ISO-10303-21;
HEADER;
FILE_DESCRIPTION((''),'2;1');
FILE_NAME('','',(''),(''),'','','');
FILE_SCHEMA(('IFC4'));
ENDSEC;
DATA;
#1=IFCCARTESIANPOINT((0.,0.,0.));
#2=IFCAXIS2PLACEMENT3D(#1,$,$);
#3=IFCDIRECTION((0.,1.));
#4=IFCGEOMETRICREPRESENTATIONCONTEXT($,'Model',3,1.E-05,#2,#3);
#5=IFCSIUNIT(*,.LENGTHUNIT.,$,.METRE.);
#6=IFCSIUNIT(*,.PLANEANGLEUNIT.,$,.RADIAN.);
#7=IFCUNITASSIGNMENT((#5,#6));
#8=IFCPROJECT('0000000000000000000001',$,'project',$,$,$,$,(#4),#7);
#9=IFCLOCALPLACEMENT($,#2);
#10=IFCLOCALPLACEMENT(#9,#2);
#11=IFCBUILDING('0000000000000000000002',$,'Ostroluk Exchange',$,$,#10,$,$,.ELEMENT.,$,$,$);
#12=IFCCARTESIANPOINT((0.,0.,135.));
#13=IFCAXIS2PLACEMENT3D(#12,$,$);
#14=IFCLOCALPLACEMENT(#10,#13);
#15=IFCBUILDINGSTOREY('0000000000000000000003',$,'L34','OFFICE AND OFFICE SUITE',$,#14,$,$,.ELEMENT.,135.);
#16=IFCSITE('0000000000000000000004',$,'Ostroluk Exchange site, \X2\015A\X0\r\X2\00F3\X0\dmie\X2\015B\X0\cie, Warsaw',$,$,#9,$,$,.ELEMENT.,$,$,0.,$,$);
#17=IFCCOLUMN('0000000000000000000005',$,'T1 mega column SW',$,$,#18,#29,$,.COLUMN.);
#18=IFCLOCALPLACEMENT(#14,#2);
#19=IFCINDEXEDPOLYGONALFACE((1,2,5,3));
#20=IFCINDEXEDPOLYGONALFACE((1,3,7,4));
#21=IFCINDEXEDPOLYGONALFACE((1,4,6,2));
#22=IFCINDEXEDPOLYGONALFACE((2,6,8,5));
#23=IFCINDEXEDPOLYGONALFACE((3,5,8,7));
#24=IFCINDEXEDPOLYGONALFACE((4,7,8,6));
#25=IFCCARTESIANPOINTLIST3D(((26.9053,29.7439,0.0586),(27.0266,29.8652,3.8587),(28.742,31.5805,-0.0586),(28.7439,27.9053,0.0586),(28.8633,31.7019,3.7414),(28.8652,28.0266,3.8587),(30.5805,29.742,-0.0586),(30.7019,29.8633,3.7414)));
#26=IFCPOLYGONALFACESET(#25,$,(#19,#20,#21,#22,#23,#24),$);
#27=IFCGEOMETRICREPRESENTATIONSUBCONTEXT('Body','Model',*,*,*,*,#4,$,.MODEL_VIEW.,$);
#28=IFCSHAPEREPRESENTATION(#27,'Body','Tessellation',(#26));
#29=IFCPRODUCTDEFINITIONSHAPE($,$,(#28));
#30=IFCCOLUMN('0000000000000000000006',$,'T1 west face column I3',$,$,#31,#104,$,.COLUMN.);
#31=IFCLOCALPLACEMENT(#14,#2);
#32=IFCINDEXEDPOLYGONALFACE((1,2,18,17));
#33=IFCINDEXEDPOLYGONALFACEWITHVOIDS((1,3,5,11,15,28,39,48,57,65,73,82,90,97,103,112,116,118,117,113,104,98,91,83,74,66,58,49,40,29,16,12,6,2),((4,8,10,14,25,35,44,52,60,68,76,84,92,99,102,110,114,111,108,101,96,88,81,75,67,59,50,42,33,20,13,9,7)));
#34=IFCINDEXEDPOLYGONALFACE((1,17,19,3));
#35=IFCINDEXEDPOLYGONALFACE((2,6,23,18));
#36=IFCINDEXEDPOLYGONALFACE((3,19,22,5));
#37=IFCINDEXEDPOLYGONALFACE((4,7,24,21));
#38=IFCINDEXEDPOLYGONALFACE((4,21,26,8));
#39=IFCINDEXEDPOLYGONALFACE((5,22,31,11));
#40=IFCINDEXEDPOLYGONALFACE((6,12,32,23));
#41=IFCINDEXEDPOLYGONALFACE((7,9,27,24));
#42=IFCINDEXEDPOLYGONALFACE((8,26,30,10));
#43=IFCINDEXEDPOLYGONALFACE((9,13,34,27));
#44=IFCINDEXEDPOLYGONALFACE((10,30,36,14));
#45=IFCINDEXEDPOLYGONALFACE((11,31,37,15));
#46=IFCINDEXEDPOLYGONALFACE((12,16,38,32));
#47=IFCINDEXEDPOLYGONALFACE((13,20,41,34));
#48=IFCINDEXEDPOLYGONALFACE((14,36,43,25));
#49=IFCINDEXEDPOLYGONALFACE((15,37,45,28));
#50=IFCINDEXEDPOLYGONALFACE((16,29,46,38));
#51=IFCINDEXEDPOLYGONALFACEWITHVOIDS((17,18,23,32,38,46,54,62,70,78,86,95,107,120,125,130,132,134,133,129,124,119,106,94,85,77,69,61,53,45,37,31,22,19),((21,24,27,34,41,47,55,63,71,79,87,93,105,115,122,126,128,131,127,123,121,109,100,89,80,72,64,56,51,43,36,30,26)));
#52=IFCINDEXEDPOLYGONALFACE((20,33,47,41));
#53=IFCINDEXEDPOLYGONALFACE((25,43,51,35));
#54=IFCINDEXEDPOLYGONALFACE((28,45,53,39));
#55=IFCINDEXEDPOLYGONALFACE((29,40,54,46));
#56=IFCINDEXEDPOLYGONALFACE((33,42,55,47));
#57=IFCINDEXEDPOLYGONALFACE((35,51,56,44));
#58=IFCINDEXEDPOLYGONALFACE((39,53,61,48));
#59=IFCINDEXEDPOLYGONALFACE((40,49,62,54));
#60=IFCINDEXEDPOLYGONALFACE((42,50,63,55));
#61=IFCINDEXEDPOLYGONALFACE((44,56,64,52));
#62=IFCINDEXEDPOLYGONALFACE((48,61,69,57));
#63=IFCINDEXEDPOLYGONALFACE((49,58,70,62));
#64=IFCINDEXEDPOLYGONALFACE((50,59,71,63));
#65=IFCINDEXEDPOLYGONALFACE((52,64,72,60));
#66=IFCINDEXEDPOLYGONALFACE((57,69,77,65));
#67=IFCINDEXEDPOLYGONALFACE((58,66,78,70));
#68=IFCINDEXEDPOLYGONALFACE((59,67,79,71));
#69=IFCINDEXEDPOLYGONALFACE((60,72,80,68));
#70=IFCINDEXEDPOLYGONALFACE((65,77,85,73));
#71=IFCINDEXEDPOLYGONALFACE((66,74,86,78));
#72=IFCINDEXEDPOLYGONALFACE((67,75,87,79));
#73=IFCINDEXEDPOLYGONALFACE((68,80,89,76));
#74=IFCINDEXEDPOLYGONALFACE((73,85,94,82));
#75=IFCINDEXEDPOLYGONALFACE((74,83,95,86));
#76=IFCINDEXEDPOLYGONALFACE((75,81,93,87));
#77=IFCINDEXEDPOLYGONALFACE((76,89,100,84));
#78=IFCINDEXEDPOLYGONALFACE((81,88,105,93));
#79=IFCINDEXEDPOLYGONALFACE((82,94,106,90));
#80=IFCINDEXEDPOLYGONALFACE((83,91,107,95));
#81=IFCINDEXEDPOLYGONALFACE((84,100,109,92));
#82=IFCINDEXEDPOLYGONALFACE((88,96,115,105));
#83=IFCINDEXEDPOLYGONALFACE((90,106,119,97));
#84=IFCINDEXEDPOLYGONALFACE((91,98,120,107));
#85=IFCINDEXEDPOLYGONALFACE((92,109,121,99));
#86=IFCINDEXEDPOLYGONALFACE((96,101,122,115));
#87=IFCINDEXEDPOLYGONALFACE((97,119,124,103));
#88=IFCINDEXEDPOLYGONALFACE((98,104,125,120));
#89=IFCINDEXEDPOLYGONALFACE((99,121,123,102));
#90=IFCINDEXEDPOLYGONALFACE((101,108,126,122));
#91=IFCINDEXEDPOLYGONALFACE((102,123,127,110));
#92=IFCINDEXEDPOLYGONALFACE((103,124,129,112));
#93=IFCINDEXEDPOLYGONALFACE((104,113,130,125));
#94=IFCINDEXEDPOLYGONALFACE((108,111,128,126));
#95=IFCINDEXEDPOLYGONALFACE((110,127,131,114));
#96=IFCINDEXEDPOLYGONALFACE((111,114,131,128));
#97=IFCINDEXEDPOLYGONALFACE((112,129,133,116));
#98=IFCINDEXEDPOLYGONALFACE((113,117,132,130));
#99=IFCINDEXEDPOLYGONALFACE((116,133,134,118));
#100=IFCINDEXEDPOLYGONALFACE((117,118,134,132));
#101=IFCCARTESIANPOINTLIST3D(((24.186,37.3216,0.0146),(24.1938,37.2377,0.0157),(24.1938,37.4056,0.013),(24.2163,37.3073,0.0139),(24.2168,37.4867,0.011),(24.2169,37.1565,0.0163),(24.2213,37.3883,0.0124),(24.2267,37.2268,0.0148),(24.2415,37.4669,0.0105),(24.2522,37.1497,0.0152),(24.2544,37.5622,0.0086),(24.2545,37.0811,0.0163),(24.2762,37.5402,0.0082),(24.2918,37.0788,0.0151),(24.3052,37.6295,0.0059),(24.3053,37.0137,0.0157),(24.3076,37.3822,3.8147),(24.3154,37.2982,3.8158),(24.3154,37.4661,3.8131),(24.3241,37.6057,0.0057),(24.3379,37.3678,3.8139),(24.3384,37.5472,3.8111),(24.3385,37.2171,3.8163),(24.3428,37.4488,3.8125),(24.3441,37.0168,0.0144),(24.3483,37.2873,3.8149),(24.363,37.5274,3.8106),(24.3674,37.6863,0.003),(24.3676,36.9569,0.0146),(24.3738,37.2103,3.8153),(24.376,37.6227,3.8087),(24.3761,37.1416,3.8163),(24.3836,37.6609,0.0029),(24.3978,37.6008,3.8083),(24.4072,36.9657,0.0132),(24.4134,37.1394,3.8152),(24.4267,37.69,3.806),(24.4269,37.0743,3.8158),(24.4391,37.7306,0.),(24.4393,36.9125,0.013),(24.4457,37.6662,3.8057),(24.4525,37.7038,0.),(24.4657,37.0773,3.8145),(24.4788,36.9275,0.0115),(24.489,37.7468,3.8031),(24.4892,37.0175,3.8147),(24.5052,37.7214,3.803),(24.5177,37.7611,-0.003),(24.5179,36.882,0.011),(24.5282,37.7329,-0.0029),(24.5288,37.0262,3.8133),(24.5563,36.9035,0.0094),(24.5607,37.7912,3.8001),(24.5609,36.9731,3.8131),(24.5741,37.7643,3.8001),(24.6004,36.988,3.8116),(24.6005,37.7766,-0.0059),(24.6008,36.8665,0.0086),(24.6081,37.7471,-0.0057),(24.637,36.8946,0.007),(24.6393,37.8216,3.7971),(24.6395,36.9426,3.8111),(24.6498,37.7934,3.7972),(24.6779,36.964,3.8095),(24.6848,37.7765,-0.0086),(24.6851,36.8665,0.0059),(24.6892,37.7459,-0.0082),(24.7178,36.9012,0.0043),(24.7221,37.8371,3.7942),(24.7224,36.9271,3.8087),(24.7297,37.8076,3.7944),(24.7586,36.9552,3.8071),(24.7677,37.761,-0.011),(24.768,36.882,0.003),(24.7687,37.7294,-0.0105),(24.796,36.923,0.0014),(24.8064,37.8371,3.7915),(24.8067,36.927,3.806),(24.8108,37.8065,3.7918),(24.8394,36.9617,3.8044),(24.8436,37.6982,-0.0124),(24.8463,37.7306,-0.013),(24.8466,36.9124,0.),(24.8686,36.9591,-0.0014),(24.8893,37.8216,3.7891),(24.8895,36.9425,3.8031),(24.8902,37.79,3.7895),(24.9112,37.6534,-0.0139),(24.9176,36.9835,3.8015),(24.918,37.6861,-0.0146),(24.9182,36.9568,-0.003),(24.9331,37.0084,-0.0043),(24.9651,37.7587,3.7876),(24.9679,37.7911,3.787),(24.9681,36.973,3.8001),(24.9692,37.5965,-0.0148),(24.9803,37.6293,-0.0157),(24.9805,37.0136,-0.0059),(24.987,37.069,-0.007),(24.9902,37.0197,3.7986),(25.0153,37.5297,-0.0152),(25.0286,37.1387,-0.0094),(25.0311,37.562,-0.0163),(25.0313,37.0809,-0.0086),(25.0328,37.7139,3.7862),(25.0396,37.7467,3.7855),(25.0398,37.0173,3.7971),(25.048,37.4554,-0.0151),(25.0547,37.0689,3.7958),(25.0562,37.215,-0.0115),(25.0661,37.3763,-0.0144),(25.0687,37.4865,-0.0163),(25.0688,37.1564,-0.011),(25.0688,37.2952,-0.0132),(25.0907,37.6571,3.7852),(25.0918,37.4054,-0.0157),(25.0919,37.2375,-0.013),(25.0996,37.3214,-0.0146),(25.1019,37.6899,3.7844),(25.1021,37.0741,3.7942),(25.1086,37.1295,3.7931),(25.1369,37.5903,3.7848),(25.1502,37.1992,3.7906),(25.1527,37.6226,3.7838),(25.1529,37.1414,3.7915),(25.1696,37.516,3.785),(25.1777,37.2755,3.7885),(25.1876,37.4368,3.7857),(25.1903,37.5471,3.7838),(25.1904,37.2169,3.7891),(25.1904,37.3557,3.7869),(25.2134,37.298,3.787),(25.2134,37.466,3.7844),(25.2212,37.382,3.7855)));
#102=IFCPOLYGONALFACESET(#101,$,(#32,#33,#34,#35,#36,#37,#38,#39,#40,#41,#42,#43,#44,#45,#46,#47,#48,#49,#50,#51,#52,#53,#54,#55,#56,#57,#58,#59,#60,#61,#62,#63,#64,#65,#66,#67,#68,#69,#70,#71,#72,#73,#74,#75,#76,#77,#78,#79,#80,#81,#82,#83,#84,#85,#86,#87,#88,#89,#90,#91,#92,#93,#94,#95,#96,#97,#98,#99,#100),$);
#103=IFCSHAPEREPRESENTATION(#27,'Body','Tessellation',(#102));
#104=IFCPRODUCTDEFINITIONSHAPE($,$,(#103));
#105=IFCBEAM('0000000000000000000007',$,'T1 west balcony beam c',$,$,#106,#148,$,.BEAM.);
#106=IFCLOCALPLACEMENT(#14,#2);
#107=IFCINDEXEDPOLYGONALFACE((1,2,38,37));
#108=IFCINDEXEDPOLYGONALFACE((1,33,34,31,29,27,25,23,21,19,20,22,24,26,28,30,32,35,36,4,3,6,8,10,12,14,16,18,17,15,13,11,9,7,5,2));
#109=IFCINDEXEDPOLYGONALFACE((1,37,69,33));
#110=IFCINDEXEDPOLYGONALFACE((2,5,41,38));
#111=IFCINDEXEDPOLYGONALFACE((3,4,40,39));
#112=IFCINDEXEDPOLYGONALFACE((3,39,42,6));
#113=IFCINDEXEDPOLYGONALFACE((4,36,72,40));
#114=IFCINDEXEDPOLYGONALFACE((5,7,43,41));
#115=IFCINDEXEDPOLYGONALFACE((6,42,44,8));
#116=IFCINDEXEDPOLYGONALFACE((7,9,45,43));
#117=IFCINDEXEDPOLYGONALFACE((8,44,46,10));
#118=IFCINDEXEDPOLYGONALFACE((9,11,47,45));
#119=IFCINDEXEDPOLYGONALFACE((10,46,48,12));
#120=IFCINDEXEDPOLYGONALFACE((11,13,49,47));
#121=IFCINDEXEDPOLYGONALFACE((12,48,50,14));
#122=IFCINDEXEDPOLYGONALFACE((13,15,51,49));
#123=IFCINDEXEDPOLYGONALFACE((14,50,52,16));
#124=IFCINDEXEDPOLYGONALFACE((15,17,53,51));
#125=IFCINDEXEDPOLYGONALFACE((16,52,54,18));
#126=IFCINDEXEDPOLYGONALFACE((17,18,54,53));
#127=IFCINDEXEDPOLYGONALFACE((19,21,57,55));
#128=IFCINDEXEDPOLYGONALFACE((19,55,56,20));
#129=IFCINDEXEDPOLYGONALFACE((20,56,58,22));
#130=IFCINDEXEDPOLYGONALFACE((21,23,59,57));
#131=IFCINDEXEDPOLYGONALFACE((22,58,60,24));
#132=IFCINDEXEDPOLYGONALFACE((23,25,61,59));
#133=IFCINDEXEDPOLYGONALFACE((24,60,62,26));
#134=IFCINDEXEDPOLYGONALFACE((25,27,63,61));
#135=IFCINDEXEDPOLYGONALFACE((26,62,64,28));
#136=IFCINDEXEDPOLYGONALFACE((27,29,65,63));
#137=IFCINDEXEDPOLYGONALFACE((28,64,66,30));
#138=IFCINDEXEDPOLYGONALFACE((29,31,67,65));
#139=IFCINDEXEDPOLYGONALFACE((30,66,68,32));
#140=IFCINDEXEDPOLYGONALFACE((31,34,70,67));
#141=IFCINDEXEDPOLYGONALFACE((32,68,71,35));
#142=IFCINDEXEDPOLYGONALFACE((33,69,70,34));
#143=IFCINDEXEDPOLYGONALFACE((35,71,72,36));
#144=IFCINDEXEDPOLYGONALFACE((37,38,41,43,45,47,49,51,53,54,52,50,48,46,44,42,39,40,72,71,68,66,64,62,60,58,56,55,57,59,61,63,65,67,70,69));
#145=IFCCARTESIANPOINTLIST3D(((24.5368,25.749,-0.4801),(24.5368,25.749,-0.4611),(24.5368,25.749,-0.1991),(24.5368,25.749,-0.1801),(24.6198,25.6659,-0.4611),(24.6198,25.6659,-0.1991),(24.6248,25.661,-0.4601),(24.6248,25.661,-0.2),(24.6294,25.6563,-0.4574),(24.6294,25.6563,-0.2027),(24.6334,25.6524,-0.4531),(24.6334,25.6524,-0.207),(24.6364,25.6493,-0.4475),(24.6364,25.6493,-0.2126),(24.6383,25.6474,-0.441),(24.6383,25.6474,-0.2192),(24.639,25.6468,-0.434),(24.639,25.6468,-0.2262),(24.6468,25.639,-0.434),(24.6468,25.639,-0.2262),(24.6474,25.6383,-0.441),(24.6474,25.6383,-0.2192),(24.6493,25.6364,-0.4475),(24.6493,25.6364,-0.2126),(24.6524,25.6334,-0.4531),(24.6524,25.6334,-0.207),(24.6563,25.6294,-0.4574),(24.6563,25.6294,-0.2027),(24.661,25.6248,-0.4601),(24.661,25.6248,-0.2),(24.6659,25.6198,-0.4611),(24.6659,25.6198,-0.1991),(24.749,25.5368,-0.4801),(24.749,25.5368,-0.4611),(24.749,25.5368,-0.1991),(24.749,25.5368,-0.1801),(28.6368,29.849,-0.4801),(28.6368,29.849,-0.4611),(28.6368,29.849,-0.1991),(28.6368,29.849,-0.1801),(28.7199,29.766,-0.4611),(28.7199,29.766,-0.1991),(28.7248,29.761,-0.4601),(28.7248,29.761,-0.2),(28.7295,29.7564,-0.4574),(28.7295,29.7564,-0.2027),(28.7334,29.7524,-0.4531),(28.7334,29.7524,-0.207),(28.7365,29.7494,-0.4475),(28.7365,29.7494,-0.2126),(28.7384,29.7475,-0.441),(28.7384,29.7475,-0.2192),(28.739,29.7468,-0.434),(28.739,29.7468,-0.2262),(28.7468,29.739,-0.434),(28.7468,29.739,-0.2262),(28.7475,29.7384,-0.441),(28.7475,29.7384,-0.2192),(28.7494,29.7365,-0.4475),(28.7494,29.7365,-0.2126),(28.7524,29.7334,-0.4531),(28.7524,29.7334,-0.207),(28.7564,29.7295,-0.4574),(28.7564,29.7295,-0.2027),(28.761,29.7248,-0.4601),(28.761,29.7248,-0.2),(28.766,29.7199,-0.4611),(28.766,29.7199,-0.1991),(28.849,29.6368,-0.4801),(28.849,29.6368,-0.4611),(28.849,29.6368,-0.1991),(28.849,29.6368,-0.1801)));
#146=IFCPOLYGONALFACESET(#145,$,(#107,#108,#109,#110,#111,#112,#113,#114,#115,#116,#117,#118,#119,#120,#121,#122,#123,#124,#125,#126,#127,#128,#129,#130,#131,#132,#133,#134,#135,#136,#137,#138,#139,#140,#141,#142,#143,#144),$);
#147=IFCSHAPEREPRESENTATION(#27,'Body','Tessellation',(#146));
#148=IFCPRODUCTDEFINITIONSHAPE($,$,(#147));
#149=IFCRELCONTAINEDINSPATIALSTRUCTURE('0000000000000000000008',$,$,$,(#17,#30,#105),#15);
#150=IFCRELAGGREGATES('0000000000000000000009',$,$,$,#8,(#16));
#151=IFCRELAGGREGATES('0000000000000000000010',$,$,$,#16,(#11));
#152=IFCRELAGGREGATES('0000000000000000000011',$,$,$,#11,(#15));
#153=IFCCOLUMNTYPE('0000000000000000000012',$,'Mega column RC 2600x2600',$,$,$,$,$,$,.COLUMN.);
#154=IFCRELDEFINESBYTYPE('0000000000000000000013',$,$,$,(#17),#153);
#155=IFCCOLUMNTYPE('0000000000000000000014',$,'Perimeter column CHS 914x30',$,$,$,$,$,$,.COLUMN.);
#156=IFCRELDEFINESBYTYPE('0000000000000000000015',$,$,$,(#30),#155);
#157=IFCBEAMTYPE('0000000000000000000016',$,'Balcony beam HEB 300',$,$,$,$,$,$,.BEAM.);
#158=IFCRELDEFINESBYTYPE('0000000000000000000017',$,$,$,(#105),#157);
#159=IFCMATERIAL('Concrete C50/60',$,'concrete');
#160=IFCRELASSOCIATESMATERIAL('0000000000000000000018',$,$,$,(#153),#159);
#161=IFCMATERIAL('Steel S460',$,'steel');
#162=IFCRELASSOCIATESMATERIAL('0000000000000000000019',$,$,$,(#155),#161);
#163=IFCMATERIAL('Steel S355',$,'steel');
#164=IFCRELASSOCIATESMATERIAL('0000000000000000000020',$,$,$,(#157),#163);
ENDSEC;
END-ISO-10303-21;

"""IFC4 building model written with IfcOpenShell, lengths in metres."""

from ifc_helpers import new_model, si_unit, direction, frame, origin, origin_2d, place, context, subcontext, project, spatial, rectangle, hollow_circle, i_section, extrude, material, material_profile, profile_set, type_object, element, save


model = new_model("IFC4")

# Units and contexts
model_context = context("Model", 3, precision=1e-05, world=origin(), true_north=direction((0.0, 1.0)))
body_context = subcontext(model_context, "Body", "Model", "MODEL_VIEW")
ifc_project = project(units=[si_unit("LENGTHUNIT", "METRE"), si_unit("PLANEANGLEUNIT", "RADIAN")], contexts=[model_context])

# Site, building, storey
site_placement = place(None, origin())
site = spatial("IfcSite", under=ifc_project, at=site_placement, Name="Ostroluk Exchange site, Śródmieście, Warsaw", CompositionType="ELEMENT", RefElevation=0.0)
building_placement = place(site_placement, origin())
building = spatial("IfcBuilding", under=site, at=building_placement, Name="Ostroluk Exchange", CompositionType="ELEMENT")
storey_placement = place(building_placement, frame((0.0, 0.0, 135.0)))
storey = spatial("IfcBuildingStorey", under=building, at=storey_placement, Name="L34", Description="OFFICE AND OFFICE SUITE", CompositionType="ELEMENT", Elevation=135.0)

# Columns
ifc_material_1 = material(Name="Concrete C50/60", Category="concrete")
ifc_material_profile_1 = material_profile(ifc_material_1, rectangle(XDim=2.6001, YDim=2.6001, at=origin_2d()), Name="RC 2600x2600")
ifc_profile_set_1 = profile_set([ifc_material_profile_1], Name="Concrete C50/60")
column_type_1 = type_object("IfcColumnType", Name="Mega column RC 2600x2600", PredefinedType="COLUMN", material=ifc_profile_set_1)
column_1_placement = place(storey_placement, frame((28.7429, 29.7429, 0.0), z_axis=(0.031898, 0.031898, 0.998982), x_axis=(-0.707107, 0.707107, 0.0)))
element("IfcColumn", 1, at=column_1_placement, inside=storey, type_object=column_type_1, Name="T1 mega column SW", PredefinedType="COLUMN", context=body_context, shape_type="SweptSolid", body=[
    extrude(rectangle(XDim=2.6001, YDim=2.6001, at=origin_2d()), origin(), (0.0, 0.0, 1.0), 3.804),
])
ifc_material_2 = material(Name="Steel S460", Category="steel")
ifc_material_profile_2 = material_profile(ifc_material_2, hollow_circle(Radius=0.457, WallThickness=0.03, at=origin_2d()), Name="CHS 914x30")
ifc_profile_set_2 = profile_set([ifc_material_profile_2], Name="Steel S460")
column_type_2 = type_object("IfcColumnType", Name="Perimeter column CHS 914x30", PredefinedType="COLUMN", material=ifc_profile_set_2)
column_2_placement = place(storey_placement, frame((24.6428, 37.3215, 0.0), z_axis=(0.031974, 0.015923, 0.999362), x_axis=(-0.445775, 0.895145, 0.0)))
element("IfcColumn", 2, at=column_2_placement, inside=storey, type_object=column_type_2, Name="T1 west face column I3", PredefinedType="COLUMN", context=body_context, shape_type="SweptSolid", body=[
    extrude(hollow_circle(Radius=0.457, WallThickness=0.03, at=origin_2d()), origin(), (0.0, 0.0, 1.0), 3.8025),
])

# Beam
ifc_material_3 = material(Name="Steel S355", Category="steel")
ifc_material_profile_3 = material_profile(ifc_material_3, i_section(OverallWidth=0.3, OverallDepth=0.3, WebThickness=0.011, FlangeThickness=0.019, FilletRadius=0.0271, at=origin_2d()), Name="HEB 300")
ifc_profile_set_3 = profile_set([ifc_material_profile_3], Name="Steel S355")
beam_type_1 = type_object("IfcBeamType", Name="Balcony beam HEB 300", PredefinedType="BEAM", material=ifc_profile_set_3)
beam_1_placement = place(storey_placement, frame((28.7429, 29.7429, -0.3301), z_axis=(-0.707107, -0.707107, 0.0), x_axis=(0.707107, -0.707107, 0.0)))
element("IfcBeam", 3, at=beam_1_placement, inside=storey, type_object=beam_type_1, Name="T1 west balcony beam c", PredefinedType="BEAM", context=body_context, shape_type="SweptSolid", body=[
    extrude(i_section(OverallWidth=0.3, OverallDepth=0.3, WebThickness=0.011, FlangeThickness=0.019, FilletRadius=0.0271, at=origin_2d()), origin(), (0.0, 0.0, 1.0), 5.7983),
])

save(model, "model.ifc")
